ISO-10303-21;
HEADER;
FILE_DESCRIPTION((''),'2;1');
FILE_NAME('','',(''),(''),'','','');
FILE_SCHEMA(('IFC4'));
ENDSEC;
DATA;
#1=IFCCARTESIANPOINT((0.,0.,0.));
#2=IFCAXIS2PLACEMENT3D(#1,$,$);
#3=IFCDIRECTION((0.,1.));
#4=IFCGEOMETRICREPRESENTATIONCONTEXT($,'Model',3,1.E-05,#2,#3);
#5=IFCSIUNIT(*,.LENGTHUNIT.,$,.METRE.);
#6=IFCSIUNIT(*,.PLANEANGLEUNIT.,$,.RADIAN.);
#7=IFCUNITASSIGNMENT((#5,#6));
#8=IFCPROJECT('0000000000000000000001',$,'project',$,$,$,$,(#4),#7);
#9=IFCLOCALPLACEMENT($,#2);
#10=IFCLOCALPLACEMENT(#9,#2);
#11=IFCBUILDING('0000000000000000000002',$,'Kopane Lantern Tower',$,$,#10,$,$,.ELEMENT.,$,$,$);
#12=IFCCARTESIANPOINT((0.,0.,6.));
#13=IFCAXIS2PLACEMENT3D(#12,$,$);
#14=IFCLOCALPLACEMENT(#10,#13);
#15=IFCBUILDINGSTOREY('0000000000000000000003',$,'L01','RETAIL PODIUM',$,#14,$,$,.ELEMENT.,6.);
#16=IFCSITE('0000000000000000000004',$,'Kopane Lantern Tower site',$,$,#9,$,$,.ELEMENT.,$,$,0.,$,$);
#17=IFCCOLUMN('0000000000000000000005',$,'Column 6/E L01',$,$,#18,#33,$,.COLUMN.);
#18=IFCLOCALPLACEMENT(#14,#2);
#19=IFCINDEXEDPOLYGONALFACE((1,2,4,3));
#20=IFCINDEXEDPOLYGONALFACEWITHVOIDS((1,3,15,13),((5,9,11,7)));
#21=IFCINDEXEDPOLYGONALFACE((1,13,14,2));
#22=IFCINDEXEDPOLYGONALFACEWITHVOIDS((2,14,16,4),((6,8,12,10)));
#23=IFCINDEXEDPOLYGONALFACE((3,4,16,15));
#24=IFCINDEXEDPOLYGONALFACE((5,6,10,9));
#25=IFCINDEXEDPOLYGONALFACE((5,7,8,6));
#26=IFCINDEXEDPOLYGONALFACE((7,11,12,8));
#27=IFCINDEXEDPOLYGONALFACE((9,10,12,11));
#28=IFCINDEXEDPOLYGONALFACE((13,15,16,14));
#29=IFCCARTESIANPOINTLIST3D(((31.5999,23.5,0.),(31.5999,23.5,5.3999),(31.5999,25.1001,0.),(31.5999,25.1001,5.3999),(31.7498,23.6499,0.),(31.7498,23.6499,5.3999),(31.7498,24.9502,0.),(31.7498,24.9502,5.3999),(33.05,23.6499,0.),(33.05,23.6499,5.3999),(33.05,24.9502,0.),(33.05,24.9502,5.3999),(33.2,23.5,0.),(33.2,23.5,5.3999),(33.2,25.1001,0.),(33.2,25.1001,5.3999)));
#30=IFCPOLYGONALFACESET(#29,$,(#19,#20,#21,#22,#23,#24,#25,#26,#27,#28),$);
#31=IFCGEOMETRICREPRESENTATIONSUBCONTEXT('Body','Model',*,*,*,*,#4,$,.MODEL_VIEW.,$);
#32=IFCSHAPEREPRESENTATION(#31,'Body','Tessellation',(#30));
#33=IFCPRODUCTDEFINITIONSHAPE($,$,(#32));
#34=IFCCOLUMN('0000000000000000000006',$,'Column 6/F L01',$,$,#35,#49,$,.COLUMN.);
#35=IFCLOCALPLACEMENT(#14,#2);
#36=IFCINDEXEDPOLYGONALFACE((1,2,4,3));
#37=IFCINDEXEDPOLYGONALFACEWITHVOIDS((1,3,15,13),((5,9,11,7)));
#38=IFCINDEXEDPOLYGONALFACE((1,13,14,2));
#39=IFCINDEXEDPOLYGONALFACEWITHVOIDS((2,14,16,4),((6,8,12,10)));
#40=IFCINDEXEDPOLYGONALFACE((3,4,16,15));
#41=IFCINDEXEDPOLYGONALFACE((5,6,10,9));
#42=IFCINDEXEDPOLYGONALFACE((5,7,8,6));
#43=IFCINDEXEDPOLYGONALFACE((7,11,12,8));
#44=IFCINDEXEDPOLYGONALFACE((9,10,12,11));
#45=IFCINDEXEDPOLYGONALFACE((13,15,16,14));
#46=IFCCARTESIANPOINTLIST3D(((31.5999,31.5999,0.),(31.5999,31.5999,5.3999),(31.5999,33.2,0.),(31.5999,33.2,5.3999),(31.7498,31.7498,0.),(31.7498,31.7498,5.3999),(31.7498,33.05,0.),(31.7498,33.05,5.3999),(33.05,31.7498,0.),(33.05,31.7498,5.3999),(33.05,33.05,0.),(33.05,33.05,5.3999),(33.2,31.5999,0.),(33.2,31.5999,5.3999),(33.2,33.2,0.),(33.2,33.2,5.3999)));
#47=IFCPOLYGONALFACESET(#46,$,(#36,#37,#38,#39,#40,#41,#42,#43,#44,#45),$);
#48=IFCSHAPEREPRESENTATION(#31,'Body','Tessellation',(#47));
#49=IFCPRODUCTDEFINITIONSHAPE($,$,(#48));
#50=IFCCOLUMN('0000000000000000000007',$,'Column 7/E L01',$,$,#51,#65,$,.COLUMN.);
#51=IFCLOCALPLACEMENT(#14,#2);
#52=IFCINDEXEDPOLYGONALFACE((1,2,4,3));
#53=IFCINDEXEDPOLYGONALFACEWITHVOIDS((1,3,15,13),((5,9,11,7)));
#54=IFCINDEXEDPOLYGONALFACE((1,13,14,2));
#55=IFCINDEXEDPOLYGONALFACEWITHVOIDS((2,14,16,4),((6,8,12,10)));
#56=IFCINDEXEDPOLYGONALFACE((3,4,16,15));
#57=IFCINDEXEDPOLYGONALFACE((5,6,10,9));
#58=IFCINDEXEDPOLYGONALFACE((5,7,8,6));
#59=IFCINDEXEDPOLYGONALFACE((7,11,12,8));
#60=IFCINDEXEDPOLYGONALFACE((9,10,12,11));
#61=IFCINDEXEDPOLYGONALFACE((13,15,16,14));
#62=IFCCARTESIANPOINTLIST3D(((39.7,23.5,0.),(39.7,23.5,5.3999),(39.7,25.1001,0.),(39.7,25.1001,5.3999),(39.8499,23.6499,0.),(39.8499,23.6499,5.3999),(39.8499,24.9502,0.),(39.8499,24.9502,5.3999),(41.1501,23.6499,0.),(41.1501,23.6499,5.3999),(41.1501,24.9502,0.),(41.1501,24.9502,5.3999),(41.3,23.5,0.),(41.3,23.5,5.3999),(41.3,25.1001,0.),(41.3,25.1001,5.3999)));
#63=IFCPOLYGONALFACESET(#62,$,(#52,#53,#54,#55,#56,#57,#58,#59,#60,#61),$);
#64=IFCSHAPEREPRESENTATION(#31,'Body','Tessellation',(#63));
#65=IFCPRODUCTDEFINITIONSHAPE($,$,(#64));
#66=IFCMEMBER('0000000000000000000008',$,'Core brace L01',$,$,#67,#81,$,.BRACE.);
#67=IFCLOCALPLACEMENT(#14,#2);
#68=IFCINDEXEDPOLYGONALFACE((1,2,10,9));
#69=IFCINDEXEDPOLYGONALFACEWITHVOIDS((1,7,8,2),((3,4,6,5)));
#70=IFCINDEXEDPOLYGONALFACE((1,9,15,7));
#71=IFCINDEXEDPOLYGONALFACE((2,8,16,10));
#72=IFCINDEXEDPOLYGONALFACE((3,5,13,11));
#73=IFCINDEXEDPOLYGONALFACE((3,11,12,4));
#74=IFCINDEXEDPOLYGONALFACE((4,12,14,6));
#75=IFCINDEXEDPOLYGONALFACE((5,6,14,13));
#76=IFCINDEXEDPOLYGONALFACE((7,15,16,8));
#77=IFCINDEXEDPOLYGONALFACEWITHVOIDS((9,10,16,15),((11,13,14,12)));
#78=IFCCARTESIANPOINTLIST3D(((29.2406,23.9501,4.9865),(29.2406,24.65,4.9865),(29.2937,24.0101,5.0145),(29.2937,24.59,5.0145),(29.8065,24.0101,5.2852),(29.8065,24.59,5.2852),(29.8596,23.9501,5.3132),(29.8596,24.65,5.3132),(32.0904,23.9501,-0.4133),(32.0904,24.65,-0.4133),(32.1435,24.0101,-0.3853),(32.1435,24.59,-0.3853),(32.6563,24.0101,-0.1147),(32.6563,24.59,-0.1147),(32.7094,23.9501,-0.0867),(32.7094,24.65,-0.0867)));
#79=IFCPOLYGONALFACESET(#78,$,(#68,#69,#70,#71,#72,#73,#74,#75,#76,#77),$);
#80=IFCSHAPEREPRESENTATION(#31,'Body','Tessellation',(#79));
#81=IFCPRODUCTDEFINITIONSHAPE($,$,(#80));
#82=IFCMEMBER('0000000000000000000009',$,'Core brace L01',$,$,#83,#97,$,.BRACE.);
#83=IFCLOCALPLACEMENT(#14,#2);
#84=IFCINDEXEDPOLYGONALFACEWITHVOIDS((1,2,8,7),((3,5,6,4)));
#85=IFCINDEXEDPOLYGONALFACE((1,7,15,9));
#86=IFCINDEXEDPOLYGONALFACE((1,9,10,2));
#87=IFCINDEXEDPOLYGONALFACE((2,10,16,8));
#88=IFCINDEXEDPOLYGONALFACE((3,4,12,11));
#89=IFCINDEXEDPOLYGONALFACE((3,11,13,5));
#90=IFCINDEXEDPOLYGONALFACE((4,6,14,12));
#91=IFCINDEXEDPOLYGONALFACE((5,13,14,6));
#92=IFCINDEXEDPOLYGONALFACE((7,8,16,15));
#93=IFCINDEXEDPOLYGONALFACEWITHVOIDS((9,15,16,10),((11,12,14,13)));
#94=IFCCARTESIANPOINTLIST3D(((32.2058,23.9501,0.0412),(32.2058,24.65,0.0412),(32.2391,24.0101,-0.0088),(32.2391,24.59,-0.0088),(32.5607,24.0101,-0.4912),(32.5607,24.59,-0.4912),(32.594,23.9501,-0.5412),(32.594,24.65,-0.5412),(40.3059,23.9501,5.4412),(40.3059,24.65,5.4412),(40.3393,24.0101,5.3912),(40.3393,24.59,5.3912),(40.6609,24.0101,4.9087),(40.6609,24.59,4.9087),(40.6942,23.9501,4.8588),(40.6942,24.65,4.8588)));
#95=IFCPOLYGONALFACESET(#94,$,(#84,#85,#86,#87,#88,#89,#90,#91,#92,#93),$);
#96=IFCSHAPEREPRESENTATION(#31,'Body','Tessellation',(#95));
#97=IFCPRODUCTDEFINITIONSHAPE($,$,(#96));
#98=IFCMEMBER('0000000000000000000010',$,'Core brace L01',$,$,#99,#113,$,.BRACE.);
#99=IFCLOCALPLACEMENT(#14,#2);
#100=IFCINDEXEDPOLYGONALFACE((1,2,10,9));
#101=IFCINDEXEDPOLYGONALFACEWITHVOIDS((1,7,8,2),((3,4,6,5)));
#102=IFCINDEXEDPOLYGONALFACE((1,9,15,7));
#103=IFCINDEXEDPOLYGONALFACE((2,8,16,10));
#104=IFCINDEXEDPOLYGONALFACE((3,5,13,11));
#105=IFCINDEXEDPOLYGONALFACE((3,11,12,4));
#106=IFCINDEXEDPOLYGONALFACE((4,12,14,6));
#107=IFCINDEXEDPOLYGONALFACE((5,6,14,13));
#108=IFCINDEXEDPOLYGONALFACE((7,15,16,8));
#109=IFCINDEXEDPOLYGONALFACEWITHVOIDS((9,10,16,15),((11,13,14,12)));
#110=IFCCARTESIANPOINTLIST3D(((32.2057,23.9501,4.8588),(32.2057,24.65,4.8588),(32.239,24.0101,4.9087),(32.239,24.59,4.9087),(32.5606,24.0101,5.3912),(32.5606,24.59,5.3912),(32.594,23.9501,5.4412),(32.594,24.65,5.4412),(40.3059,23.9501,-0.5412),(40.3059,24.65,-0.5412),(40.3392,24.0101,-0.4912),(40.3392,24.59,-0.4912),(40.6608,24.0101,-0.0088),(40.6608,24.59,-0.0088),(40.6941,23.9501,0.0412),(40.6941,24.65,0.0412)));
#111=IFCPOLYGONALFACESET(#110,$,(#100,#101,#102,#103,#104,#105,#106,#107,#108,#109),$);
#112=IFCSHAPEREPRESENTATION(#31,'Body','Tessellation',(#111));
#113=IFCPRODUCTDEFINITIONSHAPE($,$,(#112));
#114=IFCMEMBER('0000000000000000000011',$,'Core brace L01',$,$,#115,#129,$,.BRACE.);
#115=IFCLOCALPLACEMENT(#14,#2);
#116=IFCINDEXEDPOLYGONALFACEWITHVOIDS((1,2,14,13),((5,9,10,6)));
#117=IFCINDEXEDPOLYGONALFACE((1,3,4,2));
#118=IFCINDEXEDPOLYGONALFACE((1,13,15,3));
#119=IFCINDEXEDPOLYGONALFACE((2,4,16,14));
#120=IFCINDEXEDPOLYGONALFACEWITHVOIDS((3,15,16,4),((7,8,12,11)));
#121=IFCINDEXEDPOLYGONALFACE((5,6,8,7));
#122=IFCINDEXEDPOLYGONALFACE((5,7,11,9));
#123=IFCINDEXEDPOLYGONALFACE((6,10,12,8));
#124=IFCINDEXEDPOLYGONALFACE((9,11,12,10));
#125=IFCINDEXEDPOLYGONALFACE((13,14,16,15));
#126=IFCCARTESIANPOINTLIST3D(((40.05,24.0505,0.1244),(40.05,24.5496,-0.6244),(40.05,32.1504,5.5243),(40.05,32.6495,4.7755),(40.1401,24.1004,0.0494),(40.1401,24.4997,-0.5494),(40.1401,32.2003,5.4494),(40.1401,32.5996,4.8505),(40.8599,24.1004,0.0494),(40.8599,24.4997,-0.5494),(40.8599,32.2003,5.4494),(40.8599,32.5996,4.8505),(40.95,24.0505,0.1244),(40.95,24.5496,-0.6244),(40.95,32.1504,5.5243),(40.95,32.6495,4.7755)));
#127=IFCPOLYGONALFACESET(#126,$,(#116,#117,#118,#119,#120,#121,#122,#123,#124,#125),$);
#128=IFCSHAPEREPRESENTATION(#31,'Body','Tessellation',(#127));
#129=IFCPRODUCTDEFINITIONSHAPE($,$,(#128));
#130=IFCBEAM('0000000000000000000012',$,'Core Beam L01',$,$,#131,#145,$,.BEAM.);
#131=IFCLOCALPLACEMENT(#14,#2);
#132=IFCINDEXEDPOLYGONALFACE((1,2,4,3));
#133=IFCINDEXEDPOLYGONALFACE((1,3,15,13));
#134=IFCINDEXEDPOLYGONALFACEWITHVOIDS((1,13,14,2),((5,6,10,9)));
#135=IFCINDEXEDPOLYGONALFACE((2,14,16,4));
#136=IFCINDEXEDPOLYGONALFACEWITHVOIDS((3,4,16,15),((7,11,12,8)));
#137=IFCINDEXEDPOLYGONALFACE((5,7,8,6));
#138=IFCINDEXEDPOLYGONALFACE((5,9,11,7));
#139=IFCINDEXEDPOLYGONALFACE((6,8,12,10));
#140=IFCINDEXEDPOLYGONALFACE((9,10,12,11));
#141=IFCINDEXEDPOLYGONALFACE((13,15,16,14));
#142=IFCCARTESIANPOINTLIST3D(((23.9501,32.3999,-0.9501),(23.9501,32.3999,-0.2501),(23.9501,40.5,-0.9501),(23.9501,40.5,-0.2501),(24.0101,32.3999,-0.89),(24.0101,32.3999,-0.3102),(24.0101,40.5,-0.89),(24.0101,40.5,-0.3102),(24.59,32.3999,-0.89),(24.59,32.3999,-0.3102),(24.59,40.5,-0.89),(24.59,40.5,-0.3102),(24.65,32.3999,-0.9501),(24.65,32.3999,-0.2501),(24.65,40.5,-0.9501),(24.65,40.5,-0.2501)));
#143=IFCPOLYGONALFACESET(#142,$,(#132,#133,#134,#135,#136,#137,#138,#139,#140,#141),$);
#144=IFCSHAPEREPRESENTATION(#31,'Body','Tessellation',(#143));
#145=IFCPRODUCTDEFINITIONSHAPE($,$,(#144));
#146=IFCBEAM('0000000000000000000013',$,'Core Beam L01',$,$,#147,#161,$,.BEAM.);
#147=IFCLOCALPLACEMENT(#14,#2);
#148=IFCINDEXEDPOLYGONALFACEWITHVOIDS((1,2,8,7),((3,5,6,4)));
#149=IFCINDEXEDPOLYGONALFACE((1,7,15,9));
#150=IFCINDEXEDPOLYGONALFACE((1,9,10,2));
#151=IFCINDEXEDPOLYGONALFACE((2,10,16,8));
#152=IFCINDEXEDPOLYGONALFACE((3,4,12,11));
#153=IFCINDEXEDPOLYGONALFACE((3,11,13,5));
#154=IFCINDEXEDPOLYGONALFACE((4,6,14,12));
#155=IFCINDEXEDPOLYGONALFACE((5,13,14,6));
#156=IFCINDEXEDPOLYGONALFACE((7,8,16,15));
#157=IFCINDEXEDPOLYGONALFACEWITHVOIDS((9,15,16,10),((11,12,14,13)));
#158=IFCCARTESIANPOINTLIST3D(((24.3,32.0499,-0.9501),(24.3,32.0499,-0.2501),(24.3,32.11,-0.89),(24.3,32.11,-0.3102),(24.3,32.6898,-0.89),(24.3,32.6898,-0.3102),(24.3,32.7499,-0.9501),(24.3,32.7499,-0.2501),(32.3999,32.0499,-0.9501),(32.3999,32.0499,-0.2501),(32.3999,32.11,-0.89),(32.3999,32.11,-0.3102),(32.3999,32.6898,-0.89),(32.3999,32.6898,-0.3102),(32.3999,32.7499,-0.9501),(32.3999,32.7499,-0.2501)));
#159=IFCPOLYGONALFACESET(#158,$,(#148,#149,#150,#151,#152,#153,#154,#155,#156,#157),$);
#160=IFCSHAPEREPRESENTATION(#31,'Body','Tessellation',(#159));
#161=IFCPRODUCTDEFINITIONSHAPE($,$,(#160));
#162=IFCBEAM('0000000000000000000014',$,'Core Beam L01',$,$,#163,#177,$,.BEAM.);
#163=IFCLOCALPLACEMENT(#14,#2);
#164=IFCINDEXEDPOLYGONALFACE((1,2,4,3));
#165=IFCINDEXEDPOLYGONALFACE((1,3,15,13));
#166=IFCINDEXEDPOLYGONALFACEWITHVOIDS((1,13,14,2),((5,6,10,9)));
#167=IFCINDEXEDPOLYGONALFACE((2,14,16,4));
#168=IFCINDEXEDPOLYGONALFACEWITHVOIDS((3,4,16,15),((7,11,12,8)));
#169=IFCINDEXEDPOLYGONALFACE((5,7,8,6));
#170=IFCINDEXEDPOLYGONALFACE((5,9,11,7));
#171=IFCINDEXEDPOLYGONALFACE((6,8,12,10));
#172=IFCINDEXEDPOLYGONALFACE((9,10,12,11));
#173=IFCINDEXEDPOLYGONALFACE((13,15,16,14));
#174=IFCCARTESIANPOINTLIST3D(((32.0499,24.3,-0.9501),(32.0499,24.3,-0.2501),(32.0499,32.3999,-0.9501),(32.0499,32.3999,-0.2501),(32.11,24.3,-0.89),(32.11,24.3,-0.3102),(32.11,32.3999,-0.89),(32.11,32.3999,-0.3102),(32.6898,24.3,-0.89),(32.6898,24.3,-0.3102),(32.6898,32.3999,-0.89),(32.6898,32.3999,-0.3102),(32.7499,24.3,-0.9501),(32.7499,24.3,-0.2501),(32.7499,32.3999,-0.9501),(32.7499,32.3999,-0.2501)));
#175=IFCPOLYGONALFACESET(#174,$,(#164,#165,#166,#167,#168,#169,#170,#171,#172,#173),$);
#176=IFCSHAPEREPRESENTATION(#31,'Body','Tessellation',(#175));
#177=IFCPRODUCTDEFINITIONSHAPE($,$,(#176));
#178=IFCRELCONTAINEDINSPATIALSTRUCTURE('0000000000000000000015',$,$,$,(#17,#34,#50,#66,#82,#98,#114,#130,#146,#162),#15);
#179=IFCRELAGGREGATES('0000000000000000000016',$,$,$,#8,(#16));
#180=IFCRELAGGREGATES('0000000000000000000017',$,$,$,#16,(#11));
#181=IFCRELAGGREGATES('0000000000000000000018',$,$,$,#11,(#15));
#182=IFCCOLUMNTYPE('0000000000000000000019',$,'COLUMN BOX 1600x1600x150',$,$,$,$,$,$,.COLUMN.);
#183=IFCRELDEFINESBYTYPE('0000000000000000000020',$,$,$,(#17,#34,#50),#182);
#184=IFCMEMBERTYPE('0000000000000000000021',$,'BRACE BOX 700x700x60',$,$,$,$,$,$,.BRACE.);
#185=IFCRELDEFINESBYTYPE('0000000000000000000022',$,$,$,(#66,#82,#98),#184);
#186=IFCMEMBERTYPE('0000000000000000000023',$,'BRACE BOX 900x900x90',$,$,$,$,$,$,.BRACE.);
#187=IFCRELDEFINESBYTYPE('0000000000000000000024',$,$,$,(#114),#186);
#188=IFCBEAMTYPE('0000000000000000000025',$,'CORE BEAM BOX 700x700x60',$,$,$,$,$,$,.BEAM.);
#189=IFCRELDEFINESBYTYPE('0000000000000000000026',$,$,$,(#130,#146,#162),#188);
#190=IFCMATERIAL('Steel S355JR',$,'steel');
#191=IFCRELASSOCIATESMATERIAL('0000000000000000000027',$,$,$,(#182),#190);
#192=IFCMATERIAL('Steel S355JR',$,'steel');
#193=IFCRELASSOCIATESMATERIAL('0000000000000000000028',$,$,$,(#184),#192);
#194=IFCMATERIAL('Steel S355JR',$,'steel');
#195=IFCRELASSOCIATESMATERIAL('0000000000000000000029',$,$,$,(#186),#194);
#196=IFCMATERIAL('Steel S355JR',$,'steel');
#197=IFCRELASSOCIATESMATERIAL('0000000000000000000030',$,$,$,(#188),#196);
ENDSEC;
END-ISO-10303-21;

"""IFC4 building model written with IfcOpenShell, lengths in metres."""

from ifc_helpers import new_model, si_unit, direction, frame, origin, origin_2d, place, context, subcontext, project, spatial, hollow_rectangle, extrude, material, material_profile, profile_set, type_object, element, save


model = new_model("IFC4")

# Units and contexts
model_context = context("Model", 3, precision=1e-05, world=origin(), true_north=direction((0.0, 1.0)))
body_context = subcontext(model_context, "Body", "Model", "MODEL_VIEW")
ifc_project = project(units=[si_unit("LENGTHUNIT", "METRE"), si_unit("PLANEANGLEUNIT", "RADIAN")], contexts=[model_context])

# Site, building, storey
site_placement = place(None, origin())
site = spatial("IfcSite", under=ifc_project, at=site_placement, Name="Kopane Lantern Tower site", CompositionType="ELEMENT", RefElevation=0.0)
building_placement = place(site_placement, origin())
building = spatial("IfcBuilding", under=site, at=building_placement, Name="Kopane Lantern Tower", CompositionType="ELEMENT")
storey_placement = place(building_placement, frame((0.0, 0.0, 6.0)))
storey = spatial("IfcBuildingStorey", under=building, at=storey_placement, Name="L01", Description="RETAIL PODIUM", CompositionType="ELEMENT", Elevation=6.0)

# Columns
ifc_material_1 = material(Name="Steel S355JR", Category="steel")
ifc_material_profile_1 = material_profile(ifc_material_1, hollow_rectangle(XDim=1.6001, YDim=1.6001, WallThickness=0.1499, at=origin_2d()), Name="BOX 1600x1600x150")
ifc_profile_set_1 = profile_set([ifc_material_profile_1], Name="Steel S355JR")
column_type = type_object("IfcColumnType", Name="COLUMN BOX 1600x1600x150", PredefinedType="COLUMN", material=ifc_profile_set_1)
for number, where, z_axis, x_axis, name in (
    (1, (32.3999, 24.3, 0.0), (0.0, 0.0, 1.0), (1.0, 0.0, 0.0), "Column 6/E L01"),
    (2, (32.3999, 32.3999, 0.0), (0.0, 0.0, 1.0), (1.0, 0.0, 0.0), "Column 6/F L01"),
    (3, (40.5, 24.3, 0.0), (0.0, 0.0, 1.0), (1.0, 0.0, 0.0), "Column 7/E L01"),
):
    element("IfcColumn", number, at=place(storey_placement, frame(where, z_axis=z_axis, x_axis=x_axis)), inside=storey, type_object=column_type, Name=name, PredefinedType="COLUMN", context=body_context, shape_type="SweptSolid", body=[
        extrude(hollow_rectangle(XDim=1.6001, YDim=1.6001, WallThickness=0.1499, at=origin_2d()), origin(), (0.0, 0.0, 1.0), 5.3999),
    ])

# Members
ifc_material_2 = material(Name="Steel S355JR", Category="steel")
ifc_material_profile_2 = material_profile(ifc_material_2, hollow_rectangle(XDim=0.7, YDim=0.7, WallThickness=0.0601, at=origin_2d()), Name="BOX 700x700x60")
ifc_profile_set_2 = profile_set([ifc_material_profile_2], Name="Steel S355JR")
member_type_1 = type_object("IfcMemberType", Name="BRACE BOX 700x700x60", PredefinedType="BRACE", material=ifc_profile_set_2)
member_1_placement = place(storey_placement, frame((32.3999, 24.3, -0.25), z_axis=(-0.466746, 0.0, 0.884391), x_axis=(0.0, -1.0, 0.0)))
element("IfcMember", 4, at=member_1_placement, inside=storey, type_object=member_type_1, Name="Core brace L01", PredefinedType="BRACE", context=body_context, shape_type="SweptSolid", body=[
    extrude(hollow_rectangle(XDim=0.7, YDim=0.7, WallThickness=0.0601, at=origin_2d()), origin(), (0.0, 0.0, 1.0), 6.1057),
])
for number, where, z_axis, x_axis, name in (
    (5, (32.3999, 24.3, -0.25), (0.832058, 0.0, 0.554689), (0.0, 1.0, 0.0), "Core brace L01"),
    (6, (40.5, 24.3, -0.25), (-0.832058, 0.0, 0.554689), (0.0, -1.0, 0.0), "Core brace L01"),
):
    element("IfcMember", number, at=place(storey_placement, frame(where, z_axis=z_axis, x_axis=x_axis)), inside=storey, type_object=member_type_1, Name=name, PredefinedType="BRACE", context=body_context, shape_type="SweptSolid", body=[
        extrude(hollow_rectangle(XDim=0.7, YDim=0.7, WallThickness=0.0601, at=origin_2d()), origin(), (0.0, 0.0, 1.0), 9.7351),
    ])
ifc_material_3 = material(Name="Steel S355JR", Category="steel")
ifc_material_profile_3 = material_profile(ifc_material_3, hollow_rectangle(XDim=0.8999, YDim=0.8999, WallThickness=0.0901, at=origin_2d()), Name="BOX 900x900x90")
ifc_profile_set_3 = profile_set([ifc_material_profile_3], Name="Steel S355JR")
member_type_2 = type_object("IfcMemberType", Name="BRACE BOX 900x900x90", PredefinedType="BRACE", material=ifc_profile_set_3)
member_2_placement = place(storey_placement, frame((40.5, 24.3, -0.25), z_axis=(0.0, 0.83205, 0.5547), x_axis=(-1.0, 0.0, 0.0)))
element("IfcMember", 7, at=member_2_placement, inside=storey, type_object=member_type_2, Name="Core brace L01", PredefinedType="BRACE", context=body_context, shape_type="SweptSolid", body=[
    extrude(hollow_rectangle(XDim=0.8999, YDim=0.8999, WallThickness=0.0901, at=origin_2d()), origin(), (0.0, 0.0, 1.0), 9.7349),
])

# Beams
ifc_material_4 = material(Name="Steel S355JR", Category="steel")
ifc_material_profile_4 = material_profile(ifc_material_4, hollow_rectangle(XDim=0.7, YDim=0.7, WallThickness=0.0601, at=origin_2d()), Name="BOX 700x700x60")
ifc_profile_set_4 = profile_set([ifc_material_profile_4], Name="Steel S355JR")
beam_type_1 = type_object("IfcBeamType", Name="CORE BEAM BOX 700x700x60", PredefinedType="BEAM", material=ifc_profile_set_4)
beam_1_placement = place(storey_placement, frame((24.3, 32.3999, -0.6001), z_axis=(0.0, 1.0, 0.0), x_axis=(-1.0, 0.0, 0.0)))
element("IfcBeam", 8, at=beam_1_placement, inside=storey, type_object=beam_type_1, Name="Core Beam L01", PredefinedType="BEAM", context=body_context, shape_type="SweptSolid", body=[
    extrude(hollow_rectangle(XDim=0.7, YDim=0.7, WallThickness=0.0601, at=origin_2d()), origin(), (0.0, 0.0, 1.0), 8.1001),
])
for number, where, z_axis, x_axis, name in (
    (9, (24.3, 32.3999, -0.6001), (1.0, 0.0, 0.0), (0.0, 1.0, 0.0), "Core Beam L01"),
    (10, (32.3999, 24.3, -0.6001), (0.0, 1.0, 0.0), (-1.0, 0.0, 0.0), "Core Beam L01"),
):
    element("IfcBeam", number, at=place(storey_placement, frame(where, z_axis=z_axis, x_axis=x_axis)), inside=storey, type_object=beam_type_1, Name=name, PredefinedType="BEAM", context=body_context, shape_type="SweptSolid", body=[
        extrude(hollow_rectangle(XDim=0.7, YDim=0.7, WallThickness=0.0601, at=origin_2d()), origin(), (0.0, 0.0, 1.0), 8.0999),
    ])

save(model, "model.ifc")
